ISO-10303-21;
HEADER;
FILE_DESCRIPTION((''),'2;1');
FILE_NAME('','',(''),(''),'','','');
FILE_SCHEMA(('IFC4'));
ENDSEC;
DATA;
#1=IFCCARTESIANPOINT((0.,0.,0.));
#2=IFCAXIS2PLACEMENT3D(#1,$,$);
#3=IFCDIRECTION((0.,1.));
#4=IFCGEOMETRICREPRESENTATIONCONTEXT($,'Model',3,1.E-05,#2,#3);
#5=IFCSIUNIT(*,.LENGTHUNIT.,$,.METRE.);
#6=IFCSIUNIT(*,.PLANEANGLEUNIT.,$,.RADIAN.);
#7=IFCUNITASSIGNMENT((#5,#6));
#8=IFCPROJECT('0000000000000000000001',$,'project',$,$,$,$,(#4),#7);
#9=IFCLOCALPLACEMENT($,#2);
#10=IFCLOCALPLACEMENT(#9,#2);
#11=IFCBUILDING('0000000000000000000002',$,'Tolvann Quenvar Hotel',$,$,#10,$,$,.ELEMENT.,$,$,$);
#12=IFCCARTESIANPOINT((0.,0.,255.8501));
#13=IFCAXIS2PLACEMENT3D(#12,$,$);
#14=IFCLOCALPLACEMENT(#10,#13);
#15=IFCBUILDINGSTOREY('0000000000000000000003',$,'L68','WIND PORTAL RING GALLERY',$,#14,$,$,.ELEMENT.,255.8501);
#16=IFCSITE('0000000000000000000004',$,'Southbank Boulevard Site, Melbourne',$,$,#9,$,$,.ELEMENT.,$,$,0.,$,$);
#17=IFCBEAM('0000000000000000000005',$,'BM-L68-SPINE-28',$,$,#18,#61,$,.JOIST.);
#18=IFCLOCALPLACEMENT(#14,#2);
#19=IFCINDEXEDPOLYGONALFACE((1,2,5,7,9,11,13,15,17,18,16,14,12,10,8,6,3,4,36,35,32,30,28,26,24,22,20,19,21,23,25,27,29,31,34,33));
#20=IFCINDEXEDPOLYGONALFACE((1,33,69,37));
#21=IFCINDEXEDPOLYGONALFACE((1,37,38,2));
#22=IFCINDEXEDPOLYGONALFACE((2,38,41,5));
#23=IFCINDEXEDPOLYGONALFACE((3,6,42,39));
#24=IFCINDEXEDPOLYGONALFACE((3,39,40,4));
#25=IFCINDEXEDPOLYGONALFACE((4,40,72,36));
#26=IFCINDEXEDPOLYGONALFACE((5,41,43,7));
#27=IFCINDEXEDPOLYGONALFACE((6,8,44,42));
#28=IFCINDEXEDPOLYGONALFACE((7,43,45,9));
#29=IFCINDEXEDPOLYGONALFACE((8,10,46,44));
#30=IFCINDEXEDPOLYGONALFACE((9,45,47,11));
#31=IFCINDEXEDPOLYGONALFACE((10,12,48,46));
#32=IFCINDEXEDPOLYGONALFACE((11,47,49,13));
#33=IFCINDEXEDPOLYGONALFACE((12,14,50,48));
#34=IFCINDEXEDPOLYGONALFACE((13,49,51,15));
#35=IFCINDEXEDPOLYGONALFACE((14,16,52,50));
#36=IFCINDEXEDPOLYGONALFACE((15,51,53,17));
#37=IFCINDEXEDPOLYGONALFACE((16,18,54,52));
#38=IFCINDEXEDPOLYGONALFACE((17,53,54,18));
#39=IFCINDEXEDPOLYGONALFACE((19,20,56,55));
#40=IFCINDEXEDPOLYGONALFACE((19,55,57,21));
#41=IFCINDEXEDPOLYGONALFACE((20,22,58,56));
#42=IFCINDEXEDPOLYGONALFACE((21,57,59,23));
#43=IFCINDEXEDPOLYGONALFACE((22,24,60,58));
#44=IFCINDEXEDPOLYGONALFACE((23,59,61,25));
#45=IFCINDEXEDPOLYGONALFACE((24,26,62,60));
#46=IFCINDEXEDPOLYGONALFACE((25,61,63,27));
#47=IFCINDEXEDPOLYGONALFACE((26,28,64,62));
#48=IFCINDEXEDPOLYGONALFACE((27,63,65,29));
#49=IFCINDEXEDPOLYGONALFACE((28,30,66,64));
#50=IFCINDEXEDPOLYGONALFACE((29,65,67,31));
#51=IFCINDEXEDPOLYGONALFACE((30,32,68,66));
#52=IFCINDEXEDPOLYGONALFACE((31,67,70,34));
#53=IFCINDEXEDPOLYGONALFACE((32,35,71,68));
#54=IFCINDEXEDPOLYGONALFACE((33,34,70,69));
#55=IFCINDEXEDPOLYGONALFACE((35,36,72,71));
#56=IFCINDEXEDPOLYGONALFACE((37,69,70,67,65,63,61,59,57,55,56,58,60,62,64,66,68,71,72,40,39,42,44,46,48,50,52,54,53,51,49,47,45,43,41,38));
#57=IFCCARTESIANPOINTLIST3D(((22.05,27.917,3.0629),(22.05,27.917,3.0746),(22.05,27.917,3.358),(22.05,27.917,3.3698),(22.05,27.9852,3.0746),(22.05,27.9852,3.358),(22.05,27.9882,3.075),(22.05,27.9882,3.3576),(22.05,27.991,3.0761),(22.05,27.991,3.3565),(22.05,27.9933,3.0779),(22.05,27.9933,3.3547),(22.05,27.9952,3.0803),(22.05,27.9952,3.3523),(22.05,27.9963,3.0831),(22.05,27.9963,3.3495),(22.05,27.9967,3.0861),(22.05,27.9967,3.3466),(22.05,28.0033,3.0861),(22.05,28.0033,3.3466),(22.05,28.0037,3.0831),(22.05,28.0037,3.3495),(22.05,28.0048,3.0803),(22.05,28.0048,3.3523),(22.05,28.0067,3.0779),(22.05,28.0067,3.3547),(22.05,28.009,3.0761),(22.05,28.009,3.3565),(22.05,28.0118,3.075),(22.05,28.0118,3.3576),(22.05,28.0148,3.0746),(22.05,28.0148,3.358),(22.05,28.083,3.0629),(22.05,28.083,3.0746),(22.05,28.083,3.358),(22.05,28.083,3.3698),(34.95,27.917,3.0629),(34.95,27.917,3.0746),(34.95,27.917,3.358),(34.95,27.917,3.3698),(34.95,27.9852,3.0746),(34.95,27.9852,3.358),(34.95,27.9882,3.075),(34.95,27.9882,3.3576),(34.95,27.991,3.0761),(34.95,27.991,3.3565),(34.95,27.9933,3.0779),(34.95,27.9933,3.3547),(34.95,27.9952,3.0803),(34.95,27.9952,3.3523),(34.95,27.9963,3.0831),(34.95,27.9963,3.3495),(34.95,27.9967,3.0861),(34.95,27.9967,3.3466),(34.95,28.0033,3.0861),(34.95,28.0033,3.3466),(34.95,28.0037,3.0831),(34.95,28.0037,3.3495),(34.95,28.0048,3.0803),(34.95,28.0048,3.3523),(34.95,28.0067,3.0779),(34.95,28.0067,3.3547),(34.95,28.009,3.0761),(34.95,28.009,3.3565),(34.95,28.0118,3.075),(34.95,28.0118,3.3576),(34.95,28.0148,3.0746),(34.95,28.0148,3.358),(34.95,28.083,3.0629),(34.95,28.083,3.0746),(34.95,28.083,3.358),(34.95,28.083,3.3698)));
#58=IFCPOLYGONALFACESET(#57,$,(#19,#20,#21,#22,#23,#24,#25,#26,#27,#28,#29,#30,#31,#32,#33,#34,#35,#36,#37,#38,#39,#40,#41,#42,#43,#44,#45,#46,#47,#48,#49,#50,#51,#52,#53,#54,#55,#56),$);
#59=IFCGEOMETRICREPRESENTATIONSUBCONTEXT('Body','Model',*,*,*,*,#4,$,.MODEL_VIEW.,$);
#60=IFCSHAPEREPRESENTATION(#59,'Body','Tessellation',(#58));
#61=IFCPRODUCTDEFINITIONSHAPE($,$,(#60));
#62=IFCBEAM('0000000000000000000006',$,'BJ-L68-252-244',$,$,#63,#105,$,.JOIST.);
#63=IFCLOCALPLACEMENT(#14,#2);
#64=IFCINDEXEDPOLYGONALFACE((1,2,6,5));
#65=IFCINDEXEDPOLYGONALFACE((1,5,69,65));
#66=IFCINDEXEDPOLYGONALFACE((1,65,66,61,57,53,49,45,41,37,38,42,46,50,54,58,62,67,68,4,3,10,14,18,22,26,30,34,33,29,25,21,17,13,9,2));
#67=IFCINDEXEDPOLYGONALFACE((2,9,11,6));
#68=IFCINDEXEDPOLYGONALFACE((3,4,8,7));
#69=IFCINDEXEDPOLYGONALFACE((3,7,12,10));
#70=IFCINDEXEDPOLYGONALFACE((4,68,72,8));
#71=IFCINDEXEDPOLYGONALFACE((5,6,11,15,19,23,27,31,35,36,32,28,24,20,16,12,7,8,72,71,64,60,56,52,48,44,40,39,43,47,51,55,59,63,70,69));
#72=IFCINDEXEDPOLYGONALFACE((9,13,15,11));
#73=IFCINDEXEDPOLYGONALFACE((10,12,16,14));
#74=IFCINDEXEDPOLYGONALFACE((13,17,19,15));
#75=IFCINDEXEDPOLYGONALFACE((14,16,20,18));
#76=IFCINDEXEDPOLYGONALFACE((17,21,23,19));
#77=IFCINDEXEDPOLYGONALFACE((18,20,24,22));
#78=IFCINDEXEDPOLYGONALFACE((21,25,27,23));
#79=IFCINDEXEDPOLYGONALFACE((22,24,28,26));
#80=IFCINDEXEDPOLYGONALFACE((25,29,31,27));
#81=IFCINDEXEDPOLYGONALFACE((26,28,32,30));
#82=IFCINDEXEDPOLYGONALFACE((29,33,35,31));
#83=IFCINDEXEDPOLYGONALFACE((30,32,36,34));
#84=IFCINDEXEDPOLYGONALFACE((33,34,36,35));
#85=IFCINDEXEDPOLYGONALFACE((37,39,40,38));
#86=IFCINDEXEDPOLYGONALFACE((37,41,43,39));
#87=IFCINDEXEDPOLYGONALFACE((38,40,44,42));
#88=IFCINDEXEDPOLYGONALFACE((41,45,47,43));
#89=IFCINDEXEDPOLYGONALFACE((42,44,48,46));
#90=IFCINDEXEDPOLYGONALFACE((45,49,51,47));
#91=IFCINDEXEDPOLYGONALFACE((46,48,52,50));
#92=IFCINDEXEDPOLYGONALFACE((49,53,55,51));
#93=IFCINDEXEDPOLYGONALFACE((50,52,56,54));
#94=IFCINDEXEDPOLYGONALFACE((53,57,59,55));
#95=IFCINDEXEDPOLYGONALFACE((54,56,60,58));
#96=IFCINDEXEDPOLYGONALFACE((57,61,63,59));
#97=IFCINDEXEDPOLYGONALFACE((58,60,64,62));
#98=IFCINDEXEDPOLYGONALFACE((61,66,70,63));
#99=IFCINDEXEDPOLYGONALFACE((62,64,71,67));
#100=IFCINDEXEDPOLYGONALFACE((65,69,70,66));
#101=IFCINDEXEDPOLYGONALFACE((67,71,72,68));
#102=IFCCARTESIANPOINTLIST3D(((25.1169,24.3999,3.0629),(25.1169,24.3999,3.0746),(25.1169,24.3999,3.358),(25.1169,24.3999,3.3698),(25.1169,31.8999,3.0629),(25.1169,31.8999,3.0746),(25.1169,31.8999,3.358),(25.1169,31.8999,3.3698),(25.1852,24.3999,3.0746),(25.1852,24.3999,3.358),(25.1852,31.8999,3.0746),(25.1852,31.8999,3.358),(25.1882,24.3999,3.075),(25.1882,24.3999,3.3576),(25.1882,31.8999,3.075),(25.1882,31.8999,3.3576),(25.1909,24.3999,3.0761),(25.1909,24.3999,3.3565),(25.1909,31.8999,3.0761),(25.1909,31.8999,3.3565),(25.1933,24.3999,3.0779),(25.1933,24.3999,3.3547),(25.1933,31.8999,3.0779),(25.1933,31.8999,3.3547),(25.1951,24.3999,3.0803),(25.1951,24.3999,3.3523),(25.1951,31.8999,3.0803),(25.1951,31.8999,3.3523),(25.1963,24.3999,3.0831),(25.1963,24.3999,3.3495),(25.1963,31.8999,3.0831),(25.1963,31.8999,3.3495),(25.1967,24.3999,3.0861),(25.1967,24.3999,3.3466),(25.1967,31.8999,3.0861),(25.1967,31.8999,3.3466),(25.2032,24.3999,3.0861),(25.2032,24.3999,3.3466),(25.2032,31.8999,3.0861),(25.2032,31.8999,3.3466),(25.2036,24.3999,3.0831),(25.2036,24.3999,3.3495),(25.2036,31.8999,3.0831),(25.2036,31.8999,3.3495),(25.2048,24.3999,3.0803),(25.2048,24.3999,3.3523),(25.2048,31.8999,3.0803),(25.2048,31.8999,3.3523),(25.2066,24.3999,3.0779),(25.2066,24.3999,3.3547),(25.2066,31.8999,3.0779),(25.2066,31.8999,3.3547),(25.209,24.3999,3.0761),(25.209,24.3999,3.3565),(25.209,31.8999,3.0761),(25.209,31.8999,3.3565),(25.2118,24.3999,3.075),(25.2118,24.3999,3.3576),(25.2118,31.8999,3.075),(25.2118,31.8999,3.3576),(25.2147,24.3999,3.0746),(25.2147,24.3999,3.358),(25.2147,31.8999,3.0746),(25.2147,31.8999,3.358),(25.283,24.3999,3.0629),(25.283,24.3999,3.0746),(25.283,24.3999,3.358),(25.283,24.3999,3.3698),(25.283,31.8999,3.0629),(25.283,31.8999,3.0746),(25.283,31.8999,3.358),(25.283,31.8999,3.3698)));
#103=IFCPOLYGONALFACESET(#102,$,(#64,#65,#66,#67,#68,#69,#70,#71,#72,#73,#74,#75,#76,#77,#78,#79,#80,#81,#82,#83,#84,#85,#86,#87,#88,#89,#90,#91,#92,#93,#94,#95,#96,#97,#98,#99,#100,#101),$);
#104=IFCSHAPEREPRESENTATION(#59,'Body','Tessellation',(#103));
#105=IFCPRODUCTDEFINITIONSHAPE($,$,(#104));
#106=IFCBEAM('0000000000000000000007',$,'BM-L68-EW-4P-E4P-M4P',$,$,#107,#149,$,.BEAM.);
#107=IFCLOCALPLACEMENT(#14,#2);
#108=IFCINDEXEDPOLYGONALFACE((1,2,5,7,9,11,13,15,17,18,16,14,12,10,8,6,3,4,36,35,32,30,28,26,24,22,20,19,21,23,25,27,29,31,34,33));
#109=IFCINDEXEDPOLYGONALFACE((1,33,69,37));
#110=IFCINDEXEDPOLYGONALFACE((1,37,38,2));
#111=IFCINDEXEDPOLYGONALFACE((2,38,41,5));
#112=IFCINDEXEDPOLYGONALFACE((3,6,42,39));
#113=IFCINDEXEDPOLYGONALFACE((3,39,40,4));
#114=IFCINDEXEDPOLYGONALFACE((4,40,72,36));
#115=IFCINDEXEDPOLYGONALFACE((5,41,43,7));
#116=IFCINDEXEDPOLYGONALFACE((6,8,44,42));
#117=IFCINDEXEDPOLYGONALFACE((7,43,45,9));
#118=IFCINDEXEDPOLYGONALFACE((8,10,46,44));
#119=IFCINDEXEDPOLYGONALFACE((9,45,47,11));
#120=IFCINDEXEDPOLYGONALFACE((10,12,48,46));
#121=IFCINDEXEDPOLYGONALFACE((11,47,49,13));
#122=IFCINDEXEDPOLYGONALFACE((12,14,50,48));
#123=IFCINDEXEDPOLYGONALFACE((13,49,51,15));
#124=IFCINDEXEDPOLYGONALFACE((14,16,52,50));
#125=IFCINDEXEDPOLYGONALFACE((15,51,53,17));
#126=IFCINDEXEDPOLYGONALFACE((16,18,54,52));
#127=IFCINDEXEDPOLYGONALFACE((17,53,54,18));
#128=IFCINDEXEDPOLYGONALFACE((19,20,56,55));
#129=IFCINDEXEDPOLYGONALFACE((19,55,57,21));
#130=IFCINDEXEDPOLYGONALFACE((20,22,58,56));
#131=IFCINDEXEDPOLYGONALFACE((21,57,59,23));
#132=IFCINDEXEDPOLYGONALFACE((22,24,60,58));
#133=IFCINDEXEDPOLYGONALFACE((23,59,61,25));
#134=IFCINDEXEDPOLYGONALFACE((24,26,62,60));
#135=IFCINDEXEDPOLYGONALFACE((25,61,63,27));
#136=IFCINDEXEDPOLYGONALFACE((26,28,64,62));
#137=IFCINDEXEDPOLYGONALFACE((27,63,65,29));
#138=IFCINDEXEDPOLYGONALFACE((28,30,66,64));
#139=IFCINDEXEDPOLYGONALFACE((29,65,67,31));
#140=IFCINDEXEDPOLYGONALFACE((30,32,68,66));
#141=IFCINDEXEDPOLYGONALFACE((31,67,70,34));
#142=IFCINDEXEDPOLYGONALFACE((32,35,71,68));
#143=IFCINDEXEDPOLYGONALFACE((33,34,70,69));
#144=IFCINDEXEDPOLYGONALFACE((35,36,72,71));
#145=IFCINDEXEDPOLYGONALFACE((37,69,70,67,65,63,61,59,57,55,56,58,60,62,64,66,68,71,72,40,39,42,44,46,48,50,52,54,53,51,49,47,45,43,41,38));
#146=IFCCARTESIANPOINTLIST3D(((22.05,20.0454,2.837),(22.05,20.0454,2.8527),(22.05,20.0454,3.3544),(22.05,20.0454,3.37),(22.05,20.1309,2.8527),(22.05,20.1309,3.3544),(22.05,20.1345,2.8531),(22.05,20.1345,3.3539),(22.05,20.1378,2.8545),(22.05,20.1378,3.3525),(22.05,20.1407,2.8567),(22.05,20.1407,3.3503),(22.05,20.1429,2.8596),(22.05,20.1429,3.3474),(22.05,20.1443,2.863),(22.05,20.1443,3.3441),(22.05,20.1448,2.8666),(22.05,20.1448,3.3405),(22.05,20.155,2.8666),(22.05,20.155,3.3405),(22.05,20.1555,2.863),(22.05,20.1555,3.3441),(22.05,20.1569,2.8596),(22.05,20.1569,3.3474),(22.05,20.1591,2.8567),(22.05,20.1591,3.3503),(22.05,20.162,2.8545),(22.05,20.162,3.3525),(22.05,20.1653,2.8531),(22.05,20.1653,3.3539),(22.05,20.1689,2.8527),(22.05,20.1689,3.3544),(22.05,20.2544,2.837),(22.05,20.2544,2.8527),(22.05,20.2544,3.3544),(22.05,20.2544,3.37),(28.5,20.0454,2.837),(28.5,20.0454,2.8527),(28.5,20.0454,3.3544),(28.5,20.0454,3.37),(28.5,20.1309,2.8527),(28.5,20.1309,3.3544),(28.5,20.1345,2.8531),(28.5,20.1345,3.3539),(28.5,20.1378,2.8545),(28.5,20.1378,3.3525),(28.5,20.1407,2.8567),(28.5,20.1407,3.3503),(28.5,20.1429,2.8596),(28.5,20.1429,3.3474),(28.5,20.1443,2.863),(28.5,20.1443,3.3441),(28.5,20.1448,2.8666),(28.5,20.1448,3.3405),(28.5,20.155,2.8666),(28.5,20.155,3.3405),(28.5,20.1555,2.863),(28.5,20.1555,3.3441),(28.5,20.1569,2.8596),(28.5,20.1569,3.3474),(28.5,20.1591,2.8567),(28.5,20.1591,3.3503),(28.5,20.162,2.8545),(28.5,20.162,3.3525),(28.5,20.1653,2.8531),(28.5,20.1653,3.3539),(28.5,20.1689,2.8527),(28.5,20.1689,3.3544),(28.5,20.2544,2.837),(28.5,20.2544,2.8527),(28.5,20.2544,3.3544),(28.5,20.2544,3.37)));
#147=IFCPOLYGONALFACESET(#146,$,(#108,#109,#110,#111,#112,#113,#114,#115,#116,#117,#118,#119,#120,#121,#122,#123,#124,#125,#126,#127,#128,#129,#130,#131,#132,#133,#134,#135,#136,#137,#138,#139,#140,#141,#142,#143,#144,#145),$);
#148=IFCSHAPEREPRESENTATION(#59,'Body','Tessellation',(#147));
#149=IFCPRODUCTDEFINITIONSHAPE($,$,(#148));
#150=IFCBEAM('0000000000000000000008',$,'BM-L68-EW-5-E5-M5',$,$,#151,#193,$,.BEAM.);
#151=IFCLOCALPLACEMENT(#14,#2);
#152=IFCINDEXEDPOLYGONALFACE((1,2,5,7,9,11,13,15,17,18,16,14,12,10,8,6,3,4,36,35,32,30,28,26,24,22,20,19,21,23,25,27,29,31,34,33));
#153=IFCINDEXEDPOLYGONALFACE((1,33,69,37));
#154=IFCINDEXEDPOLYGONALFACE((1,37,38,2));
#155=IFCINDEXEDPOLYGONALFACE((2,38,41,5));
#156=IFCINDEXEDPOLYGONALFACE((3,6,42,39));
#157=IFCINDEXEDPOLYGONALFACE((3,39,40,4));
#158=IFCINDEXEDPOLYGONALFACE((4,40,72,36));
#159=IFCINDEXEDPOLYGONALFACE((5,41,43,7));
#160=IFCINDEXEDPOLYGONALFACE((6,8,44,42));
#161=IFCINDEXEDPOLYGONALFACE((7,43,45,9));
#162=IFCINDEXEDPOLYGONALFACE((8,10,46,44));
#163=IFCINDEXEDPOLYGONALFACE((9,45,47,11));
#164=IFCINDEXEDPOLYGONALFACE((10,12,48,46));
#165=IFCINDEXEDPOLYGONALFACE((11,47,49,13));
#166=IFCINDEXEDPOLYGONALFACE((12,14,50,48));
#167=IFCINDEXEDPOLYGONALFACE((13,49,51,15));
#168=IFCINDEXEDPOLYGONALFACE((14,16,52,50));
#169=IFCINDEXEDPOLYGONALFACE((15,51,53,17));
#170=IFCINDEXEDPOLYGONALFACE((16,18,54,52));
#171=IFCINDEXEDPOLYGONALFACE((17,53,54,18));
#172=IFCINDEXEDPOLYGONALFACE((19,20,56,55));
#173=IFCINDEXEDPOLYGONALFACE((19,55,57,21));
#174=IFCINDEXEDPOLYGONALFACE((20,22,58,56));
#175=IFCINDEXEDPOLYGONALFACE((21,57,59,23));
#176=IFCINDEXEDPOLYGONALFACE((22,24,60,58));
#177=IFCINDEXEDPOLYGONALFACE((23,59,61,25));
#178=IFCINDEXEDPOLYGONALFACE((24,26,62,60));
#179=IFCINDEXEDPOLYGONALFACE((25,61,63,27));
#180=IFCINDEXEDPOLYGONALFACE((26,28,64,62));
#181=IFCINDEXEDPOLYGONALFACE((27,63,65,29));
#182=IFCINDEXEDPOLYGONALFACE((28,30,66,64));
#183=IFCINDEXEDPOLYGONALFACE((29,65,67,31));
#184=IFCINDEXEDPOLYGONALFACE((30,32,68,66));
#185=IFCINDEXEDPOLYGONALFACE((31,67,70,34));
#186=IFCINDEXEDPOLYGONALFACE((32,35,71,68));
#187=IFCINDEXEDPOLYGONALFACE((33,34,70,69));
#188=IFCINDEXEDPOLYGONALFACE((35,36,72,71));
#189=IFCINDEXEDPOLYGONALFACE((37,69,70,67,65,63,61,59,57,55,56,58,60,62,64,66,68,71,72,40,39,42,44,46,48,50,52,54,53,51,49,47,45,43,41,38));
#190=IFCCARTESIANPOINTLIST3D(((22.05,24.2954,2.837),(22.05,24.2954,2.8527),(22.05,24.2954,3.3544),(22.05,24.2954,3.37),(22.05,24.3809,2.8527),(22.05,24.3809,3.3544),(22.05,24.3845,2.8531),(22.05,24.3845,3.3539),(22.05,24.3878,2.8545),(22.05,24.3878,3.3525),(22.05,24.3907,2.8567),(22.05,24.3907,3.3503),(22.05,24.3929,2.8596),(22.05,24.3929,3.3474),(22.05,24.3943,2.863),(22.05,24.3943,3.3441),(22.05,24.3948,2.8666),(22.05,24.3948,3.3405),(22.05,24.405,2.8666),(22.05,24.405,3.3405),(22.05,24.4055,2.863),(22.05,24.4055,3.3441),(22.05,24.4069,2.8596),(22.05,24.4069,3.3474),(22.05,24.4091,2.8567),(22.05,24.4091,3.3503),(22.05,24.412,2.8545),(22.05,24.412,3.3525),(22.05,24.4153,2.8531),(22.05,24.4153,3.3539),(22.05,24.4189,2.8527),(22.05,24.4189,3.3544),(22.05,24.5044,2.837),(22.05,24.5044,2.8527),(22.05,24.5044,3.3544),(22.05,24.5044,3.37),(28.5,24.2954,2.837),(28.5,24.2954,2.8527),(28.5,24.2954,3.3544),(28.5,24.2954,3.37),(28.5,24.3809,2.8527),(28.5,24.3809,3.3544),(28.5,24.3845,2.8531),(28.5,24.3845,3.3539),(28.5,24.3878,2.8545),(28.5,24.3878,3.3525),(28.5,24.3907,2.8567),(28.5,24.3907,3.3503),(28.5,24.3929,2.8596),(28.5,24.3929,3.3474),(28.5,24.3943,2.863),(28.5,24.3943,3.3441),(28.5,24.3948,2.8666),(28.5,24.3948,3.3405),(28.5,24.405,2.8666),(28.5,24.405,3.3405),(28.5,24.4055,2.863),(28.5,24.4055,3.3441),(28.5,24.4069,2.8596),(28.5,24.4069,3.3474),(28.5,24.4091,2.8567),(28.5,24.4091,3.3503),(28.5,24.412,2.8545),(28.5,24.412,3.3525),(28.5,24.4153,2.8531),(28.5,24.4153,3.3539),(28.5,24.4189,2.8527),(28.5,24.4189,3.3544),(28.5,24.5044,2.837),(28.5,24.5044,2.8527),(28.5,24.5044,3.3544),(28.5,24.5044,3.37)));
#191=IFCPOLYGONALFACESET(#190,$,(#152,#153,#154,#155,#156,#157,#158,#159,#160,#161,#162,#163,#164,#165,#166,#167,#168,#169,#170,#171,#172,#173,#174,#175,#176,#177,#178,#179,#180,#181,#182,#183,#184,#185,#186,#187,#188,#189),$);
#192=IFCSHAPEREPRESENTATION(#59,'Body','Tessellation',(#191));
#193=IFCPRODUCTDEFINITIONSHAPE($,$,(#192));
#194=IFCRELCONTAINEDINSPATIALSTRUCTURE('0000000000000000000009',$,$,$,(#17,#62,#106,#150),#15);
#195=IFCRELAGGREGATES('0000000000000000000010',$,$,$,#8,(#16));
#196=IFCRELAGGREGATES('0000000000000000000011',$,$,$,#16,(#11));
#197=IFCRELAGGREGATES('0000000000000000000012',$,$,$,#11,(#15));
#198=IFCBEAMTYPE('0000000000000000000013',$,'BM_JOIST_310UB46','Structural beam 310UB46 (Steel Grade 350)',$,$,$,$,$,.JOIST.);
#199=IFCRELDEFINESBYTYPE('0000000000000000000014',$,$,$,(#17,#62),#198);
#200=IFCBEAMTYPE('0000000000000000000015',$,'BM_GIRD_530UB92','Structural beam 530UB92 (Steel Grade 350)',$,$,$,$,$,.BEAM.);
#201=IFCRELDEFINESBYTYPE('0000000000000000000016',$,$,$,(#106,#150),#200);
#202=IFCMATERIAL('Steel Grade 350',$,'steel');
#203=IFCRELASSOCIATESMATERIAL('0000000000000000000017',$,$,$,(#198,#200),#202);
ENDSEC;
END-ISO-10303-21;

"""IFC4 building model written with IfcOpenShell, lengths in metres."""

from ifc_helpers import new_model, si_unit, direction, frame, origin, origin_2d, place, context, subcontext, project, spatial, i_section, extrude, source, transform, mapped, material, material_profile, profile_set, type_object, type_shapes, element, save


model = new_model("IFC4")

# Units and contexts
model_context = context("Model", 3, precision=1e-05, world=origin(), true_north=direction((0.0, 1.0)))
body_context = subcontext(model_context, "Body", "Model", "MODEL_VIEW")
ifc_project = project(units=[si_unit("LENGTHUNIT", "METRE"), si_unit("PLANEANGLEUNIT", "RADIAN")], contexts=[model_context])

# Site, building, storey
site_placement = place(None, origin())
site = spatial("IfcSite", under=ifc_project, at=site_placement, Name="Southbank Boulevard Site, Melbourne", CompositionType="ELEMENT", RefElevation=0.0)
building_placement = place(site_placement, origin())
building = spatial("IfcBuilding", under=site, at=building_placement, Name="Tolvann Quenvar Hotel", CompositionType="ELEMENT")
storey_placement = place(building_placement, frame((0.0, 0.0, 255.8501)))
storey = spatial("IfcBuildingStorey", under=building, at=storey_placement, Name="L68", Description="WIND PORTAL RING GALLERY", CompositionType="ELEMENT", Elevation=255.8501)

# Shared definitions
ifc_material_1 = material(Name="Steel Grade 350", Category="steel")

# Beams
ifc_material_profile_1 = material_profile(ifc_material_1, i_section(OverallWidth=0.166, OverallDepth=0.3069, WebThickness=0.0066, FlangeThickness=0.0117, FilletRadius=0.0115, at=origin_2d()), Name="310UB46")
ifc_profile_set_1 = profile_set([ifc_material_profile_1], Name="Steel Grade 350")
beam_type_1 = type_object("IfcBeamType", Name="BM_JOIST_310UB46", Description="Structural beam 310UB46 (Steel Grade 350)", PredefinedType="JOIST", material=ifc_profile_set_1)
shared_shape_1 = source(origin(), body_context, "Body", "SweptSolid", [
    extrude(i_section(OverallWidth=0.166, OverallDepth=0.3069, WebThickness=0.0066, FlangeThickness=0.0117, FilletRadius=0.0115, at=origin_2d()), origin(), (0.0, 0.0, 1.0), 12.8999),
])
beam_1_placement = place(storey_placement, frame((22.05, 28.0, 3.2163), z_axis=(1.0, 0.0, 0.0), x_axis=(0.0, 1.0, 0.0)))
element("IfcBeam", 1, at=beam_1_placement, inside=storey, type_object=beam_type_1, Name="BM-L68-SPINE-28", PredefinedType="JOIST", context=body_context, shape_type="MappedRepresentation", body=[
    mapped(shared_shape_1, transform((0.0, 0.0, 0.0), x_axis=(1.0, 0.0, 0.0), y_axis=(0.0, 1.0, 0.0), z_axis=(0.0, 0.0, 1.0), scale=1.0)),
])
shared_shape_2 = source(origin(), body_context, "Body", "SweptSolid", [
    extrude(i_section(OverallWidth=0.166, OverallDepth=0.3069, WebThickness=0.0066, FlangeThickness=0.0117, FilletRadius=0.0115, at=origin_2d()), origin(), (0.0, 0.0, 1.0), 7.5),
])
type_shapes(beam_type_1, [shared_shape_1, shared_shape_2])
beam_2_placement = place(storey_placement, frame((25.2, 24.3999, 3.2163), z_axis=(0.0, 1.0, 0.0), x_axis=(-1.0, 0.0, 0.0)))
element("IfcBeam", 2, at=beam_2_placement, inside=storey, type_object=beam_type_1, Name="BJ-L68-252-244", PredefinedType="JOIST", context=body_context, shape_type="MappedRepresentation", body=[
    mapped(shared_shape_2, transform((0.0, 0.0, 0.0), x_axis=(1.0, 0.0, 0.0), y_axis=(0.0, 1.0, 0.0), z_axis=(0.0, 0.0, 1.0), scale=1.0)),
])
ifc_material_profile_2 = material_profile(ifc_material_1, i_section(OverallWidth=0.209, OverallDepth=0.533, WebThickness=0.0103, FlangeThickness=0.0156, FilletRadius=0.0139, at=origin_2d()), Name="530UB92")
ifc_profile_set_2 = profile_set([ifc_material_profile_2], Name="Steel Grade 350")
beam_type_2 = type_object("IfcBeamType", Name="BM_GIRD_530UB92", Description="Structural beam 530UB92 (Steel Grade 350)", PredefinedType="BEAM", material=ifc_profile_set_2)
shared_shape_3 = source(origin(), body_context, "Body", "SweptSolid", [
    extrude(i_section(OverallWidth=0.209, OverallDepth=0.533, WebThickness=0.0103, FlangeThickness=0.0156, FilletRadius=0.0139, at=origin_2d()), origin(), (0.0, 0.0, 1.0), 6.45),
])
for number, where, z_axis, x_axis, name in (
    (3, (22.05, 20.1499, 3.1035), (1.0, 0.0, 0.0), (0.0, 1.0, 0.0), "BM-L68-EW-4P-E4P-M4P"),
    (4, (22.05, 24.3999, 3.1035), (1.0, 0.0, 0.0), (0.0, 1.0, 0.0), "BM-L68-EW-5-E5-M5"),
):
    element("IfcBeam", number, at=place(storey_placement, frame(where, z_axis=z_axis, x_axis=x_axis)), inside=storey, type_object=beam_type_2, Name=name, PredefinedType="BEAM", context=body_context, shape_type="MappedRepresentation", body=[
        mapped(shared_shape_3, transform((0.0, 0.0, 0.0), x_axis=(1.0, 0.0, 0.0), y_axis=(0.0, 1.0, 0.0), z_axis=(0.0, 0.0, 1.0), scale=1.0)),
    ])

save(model, "model.ifc")
